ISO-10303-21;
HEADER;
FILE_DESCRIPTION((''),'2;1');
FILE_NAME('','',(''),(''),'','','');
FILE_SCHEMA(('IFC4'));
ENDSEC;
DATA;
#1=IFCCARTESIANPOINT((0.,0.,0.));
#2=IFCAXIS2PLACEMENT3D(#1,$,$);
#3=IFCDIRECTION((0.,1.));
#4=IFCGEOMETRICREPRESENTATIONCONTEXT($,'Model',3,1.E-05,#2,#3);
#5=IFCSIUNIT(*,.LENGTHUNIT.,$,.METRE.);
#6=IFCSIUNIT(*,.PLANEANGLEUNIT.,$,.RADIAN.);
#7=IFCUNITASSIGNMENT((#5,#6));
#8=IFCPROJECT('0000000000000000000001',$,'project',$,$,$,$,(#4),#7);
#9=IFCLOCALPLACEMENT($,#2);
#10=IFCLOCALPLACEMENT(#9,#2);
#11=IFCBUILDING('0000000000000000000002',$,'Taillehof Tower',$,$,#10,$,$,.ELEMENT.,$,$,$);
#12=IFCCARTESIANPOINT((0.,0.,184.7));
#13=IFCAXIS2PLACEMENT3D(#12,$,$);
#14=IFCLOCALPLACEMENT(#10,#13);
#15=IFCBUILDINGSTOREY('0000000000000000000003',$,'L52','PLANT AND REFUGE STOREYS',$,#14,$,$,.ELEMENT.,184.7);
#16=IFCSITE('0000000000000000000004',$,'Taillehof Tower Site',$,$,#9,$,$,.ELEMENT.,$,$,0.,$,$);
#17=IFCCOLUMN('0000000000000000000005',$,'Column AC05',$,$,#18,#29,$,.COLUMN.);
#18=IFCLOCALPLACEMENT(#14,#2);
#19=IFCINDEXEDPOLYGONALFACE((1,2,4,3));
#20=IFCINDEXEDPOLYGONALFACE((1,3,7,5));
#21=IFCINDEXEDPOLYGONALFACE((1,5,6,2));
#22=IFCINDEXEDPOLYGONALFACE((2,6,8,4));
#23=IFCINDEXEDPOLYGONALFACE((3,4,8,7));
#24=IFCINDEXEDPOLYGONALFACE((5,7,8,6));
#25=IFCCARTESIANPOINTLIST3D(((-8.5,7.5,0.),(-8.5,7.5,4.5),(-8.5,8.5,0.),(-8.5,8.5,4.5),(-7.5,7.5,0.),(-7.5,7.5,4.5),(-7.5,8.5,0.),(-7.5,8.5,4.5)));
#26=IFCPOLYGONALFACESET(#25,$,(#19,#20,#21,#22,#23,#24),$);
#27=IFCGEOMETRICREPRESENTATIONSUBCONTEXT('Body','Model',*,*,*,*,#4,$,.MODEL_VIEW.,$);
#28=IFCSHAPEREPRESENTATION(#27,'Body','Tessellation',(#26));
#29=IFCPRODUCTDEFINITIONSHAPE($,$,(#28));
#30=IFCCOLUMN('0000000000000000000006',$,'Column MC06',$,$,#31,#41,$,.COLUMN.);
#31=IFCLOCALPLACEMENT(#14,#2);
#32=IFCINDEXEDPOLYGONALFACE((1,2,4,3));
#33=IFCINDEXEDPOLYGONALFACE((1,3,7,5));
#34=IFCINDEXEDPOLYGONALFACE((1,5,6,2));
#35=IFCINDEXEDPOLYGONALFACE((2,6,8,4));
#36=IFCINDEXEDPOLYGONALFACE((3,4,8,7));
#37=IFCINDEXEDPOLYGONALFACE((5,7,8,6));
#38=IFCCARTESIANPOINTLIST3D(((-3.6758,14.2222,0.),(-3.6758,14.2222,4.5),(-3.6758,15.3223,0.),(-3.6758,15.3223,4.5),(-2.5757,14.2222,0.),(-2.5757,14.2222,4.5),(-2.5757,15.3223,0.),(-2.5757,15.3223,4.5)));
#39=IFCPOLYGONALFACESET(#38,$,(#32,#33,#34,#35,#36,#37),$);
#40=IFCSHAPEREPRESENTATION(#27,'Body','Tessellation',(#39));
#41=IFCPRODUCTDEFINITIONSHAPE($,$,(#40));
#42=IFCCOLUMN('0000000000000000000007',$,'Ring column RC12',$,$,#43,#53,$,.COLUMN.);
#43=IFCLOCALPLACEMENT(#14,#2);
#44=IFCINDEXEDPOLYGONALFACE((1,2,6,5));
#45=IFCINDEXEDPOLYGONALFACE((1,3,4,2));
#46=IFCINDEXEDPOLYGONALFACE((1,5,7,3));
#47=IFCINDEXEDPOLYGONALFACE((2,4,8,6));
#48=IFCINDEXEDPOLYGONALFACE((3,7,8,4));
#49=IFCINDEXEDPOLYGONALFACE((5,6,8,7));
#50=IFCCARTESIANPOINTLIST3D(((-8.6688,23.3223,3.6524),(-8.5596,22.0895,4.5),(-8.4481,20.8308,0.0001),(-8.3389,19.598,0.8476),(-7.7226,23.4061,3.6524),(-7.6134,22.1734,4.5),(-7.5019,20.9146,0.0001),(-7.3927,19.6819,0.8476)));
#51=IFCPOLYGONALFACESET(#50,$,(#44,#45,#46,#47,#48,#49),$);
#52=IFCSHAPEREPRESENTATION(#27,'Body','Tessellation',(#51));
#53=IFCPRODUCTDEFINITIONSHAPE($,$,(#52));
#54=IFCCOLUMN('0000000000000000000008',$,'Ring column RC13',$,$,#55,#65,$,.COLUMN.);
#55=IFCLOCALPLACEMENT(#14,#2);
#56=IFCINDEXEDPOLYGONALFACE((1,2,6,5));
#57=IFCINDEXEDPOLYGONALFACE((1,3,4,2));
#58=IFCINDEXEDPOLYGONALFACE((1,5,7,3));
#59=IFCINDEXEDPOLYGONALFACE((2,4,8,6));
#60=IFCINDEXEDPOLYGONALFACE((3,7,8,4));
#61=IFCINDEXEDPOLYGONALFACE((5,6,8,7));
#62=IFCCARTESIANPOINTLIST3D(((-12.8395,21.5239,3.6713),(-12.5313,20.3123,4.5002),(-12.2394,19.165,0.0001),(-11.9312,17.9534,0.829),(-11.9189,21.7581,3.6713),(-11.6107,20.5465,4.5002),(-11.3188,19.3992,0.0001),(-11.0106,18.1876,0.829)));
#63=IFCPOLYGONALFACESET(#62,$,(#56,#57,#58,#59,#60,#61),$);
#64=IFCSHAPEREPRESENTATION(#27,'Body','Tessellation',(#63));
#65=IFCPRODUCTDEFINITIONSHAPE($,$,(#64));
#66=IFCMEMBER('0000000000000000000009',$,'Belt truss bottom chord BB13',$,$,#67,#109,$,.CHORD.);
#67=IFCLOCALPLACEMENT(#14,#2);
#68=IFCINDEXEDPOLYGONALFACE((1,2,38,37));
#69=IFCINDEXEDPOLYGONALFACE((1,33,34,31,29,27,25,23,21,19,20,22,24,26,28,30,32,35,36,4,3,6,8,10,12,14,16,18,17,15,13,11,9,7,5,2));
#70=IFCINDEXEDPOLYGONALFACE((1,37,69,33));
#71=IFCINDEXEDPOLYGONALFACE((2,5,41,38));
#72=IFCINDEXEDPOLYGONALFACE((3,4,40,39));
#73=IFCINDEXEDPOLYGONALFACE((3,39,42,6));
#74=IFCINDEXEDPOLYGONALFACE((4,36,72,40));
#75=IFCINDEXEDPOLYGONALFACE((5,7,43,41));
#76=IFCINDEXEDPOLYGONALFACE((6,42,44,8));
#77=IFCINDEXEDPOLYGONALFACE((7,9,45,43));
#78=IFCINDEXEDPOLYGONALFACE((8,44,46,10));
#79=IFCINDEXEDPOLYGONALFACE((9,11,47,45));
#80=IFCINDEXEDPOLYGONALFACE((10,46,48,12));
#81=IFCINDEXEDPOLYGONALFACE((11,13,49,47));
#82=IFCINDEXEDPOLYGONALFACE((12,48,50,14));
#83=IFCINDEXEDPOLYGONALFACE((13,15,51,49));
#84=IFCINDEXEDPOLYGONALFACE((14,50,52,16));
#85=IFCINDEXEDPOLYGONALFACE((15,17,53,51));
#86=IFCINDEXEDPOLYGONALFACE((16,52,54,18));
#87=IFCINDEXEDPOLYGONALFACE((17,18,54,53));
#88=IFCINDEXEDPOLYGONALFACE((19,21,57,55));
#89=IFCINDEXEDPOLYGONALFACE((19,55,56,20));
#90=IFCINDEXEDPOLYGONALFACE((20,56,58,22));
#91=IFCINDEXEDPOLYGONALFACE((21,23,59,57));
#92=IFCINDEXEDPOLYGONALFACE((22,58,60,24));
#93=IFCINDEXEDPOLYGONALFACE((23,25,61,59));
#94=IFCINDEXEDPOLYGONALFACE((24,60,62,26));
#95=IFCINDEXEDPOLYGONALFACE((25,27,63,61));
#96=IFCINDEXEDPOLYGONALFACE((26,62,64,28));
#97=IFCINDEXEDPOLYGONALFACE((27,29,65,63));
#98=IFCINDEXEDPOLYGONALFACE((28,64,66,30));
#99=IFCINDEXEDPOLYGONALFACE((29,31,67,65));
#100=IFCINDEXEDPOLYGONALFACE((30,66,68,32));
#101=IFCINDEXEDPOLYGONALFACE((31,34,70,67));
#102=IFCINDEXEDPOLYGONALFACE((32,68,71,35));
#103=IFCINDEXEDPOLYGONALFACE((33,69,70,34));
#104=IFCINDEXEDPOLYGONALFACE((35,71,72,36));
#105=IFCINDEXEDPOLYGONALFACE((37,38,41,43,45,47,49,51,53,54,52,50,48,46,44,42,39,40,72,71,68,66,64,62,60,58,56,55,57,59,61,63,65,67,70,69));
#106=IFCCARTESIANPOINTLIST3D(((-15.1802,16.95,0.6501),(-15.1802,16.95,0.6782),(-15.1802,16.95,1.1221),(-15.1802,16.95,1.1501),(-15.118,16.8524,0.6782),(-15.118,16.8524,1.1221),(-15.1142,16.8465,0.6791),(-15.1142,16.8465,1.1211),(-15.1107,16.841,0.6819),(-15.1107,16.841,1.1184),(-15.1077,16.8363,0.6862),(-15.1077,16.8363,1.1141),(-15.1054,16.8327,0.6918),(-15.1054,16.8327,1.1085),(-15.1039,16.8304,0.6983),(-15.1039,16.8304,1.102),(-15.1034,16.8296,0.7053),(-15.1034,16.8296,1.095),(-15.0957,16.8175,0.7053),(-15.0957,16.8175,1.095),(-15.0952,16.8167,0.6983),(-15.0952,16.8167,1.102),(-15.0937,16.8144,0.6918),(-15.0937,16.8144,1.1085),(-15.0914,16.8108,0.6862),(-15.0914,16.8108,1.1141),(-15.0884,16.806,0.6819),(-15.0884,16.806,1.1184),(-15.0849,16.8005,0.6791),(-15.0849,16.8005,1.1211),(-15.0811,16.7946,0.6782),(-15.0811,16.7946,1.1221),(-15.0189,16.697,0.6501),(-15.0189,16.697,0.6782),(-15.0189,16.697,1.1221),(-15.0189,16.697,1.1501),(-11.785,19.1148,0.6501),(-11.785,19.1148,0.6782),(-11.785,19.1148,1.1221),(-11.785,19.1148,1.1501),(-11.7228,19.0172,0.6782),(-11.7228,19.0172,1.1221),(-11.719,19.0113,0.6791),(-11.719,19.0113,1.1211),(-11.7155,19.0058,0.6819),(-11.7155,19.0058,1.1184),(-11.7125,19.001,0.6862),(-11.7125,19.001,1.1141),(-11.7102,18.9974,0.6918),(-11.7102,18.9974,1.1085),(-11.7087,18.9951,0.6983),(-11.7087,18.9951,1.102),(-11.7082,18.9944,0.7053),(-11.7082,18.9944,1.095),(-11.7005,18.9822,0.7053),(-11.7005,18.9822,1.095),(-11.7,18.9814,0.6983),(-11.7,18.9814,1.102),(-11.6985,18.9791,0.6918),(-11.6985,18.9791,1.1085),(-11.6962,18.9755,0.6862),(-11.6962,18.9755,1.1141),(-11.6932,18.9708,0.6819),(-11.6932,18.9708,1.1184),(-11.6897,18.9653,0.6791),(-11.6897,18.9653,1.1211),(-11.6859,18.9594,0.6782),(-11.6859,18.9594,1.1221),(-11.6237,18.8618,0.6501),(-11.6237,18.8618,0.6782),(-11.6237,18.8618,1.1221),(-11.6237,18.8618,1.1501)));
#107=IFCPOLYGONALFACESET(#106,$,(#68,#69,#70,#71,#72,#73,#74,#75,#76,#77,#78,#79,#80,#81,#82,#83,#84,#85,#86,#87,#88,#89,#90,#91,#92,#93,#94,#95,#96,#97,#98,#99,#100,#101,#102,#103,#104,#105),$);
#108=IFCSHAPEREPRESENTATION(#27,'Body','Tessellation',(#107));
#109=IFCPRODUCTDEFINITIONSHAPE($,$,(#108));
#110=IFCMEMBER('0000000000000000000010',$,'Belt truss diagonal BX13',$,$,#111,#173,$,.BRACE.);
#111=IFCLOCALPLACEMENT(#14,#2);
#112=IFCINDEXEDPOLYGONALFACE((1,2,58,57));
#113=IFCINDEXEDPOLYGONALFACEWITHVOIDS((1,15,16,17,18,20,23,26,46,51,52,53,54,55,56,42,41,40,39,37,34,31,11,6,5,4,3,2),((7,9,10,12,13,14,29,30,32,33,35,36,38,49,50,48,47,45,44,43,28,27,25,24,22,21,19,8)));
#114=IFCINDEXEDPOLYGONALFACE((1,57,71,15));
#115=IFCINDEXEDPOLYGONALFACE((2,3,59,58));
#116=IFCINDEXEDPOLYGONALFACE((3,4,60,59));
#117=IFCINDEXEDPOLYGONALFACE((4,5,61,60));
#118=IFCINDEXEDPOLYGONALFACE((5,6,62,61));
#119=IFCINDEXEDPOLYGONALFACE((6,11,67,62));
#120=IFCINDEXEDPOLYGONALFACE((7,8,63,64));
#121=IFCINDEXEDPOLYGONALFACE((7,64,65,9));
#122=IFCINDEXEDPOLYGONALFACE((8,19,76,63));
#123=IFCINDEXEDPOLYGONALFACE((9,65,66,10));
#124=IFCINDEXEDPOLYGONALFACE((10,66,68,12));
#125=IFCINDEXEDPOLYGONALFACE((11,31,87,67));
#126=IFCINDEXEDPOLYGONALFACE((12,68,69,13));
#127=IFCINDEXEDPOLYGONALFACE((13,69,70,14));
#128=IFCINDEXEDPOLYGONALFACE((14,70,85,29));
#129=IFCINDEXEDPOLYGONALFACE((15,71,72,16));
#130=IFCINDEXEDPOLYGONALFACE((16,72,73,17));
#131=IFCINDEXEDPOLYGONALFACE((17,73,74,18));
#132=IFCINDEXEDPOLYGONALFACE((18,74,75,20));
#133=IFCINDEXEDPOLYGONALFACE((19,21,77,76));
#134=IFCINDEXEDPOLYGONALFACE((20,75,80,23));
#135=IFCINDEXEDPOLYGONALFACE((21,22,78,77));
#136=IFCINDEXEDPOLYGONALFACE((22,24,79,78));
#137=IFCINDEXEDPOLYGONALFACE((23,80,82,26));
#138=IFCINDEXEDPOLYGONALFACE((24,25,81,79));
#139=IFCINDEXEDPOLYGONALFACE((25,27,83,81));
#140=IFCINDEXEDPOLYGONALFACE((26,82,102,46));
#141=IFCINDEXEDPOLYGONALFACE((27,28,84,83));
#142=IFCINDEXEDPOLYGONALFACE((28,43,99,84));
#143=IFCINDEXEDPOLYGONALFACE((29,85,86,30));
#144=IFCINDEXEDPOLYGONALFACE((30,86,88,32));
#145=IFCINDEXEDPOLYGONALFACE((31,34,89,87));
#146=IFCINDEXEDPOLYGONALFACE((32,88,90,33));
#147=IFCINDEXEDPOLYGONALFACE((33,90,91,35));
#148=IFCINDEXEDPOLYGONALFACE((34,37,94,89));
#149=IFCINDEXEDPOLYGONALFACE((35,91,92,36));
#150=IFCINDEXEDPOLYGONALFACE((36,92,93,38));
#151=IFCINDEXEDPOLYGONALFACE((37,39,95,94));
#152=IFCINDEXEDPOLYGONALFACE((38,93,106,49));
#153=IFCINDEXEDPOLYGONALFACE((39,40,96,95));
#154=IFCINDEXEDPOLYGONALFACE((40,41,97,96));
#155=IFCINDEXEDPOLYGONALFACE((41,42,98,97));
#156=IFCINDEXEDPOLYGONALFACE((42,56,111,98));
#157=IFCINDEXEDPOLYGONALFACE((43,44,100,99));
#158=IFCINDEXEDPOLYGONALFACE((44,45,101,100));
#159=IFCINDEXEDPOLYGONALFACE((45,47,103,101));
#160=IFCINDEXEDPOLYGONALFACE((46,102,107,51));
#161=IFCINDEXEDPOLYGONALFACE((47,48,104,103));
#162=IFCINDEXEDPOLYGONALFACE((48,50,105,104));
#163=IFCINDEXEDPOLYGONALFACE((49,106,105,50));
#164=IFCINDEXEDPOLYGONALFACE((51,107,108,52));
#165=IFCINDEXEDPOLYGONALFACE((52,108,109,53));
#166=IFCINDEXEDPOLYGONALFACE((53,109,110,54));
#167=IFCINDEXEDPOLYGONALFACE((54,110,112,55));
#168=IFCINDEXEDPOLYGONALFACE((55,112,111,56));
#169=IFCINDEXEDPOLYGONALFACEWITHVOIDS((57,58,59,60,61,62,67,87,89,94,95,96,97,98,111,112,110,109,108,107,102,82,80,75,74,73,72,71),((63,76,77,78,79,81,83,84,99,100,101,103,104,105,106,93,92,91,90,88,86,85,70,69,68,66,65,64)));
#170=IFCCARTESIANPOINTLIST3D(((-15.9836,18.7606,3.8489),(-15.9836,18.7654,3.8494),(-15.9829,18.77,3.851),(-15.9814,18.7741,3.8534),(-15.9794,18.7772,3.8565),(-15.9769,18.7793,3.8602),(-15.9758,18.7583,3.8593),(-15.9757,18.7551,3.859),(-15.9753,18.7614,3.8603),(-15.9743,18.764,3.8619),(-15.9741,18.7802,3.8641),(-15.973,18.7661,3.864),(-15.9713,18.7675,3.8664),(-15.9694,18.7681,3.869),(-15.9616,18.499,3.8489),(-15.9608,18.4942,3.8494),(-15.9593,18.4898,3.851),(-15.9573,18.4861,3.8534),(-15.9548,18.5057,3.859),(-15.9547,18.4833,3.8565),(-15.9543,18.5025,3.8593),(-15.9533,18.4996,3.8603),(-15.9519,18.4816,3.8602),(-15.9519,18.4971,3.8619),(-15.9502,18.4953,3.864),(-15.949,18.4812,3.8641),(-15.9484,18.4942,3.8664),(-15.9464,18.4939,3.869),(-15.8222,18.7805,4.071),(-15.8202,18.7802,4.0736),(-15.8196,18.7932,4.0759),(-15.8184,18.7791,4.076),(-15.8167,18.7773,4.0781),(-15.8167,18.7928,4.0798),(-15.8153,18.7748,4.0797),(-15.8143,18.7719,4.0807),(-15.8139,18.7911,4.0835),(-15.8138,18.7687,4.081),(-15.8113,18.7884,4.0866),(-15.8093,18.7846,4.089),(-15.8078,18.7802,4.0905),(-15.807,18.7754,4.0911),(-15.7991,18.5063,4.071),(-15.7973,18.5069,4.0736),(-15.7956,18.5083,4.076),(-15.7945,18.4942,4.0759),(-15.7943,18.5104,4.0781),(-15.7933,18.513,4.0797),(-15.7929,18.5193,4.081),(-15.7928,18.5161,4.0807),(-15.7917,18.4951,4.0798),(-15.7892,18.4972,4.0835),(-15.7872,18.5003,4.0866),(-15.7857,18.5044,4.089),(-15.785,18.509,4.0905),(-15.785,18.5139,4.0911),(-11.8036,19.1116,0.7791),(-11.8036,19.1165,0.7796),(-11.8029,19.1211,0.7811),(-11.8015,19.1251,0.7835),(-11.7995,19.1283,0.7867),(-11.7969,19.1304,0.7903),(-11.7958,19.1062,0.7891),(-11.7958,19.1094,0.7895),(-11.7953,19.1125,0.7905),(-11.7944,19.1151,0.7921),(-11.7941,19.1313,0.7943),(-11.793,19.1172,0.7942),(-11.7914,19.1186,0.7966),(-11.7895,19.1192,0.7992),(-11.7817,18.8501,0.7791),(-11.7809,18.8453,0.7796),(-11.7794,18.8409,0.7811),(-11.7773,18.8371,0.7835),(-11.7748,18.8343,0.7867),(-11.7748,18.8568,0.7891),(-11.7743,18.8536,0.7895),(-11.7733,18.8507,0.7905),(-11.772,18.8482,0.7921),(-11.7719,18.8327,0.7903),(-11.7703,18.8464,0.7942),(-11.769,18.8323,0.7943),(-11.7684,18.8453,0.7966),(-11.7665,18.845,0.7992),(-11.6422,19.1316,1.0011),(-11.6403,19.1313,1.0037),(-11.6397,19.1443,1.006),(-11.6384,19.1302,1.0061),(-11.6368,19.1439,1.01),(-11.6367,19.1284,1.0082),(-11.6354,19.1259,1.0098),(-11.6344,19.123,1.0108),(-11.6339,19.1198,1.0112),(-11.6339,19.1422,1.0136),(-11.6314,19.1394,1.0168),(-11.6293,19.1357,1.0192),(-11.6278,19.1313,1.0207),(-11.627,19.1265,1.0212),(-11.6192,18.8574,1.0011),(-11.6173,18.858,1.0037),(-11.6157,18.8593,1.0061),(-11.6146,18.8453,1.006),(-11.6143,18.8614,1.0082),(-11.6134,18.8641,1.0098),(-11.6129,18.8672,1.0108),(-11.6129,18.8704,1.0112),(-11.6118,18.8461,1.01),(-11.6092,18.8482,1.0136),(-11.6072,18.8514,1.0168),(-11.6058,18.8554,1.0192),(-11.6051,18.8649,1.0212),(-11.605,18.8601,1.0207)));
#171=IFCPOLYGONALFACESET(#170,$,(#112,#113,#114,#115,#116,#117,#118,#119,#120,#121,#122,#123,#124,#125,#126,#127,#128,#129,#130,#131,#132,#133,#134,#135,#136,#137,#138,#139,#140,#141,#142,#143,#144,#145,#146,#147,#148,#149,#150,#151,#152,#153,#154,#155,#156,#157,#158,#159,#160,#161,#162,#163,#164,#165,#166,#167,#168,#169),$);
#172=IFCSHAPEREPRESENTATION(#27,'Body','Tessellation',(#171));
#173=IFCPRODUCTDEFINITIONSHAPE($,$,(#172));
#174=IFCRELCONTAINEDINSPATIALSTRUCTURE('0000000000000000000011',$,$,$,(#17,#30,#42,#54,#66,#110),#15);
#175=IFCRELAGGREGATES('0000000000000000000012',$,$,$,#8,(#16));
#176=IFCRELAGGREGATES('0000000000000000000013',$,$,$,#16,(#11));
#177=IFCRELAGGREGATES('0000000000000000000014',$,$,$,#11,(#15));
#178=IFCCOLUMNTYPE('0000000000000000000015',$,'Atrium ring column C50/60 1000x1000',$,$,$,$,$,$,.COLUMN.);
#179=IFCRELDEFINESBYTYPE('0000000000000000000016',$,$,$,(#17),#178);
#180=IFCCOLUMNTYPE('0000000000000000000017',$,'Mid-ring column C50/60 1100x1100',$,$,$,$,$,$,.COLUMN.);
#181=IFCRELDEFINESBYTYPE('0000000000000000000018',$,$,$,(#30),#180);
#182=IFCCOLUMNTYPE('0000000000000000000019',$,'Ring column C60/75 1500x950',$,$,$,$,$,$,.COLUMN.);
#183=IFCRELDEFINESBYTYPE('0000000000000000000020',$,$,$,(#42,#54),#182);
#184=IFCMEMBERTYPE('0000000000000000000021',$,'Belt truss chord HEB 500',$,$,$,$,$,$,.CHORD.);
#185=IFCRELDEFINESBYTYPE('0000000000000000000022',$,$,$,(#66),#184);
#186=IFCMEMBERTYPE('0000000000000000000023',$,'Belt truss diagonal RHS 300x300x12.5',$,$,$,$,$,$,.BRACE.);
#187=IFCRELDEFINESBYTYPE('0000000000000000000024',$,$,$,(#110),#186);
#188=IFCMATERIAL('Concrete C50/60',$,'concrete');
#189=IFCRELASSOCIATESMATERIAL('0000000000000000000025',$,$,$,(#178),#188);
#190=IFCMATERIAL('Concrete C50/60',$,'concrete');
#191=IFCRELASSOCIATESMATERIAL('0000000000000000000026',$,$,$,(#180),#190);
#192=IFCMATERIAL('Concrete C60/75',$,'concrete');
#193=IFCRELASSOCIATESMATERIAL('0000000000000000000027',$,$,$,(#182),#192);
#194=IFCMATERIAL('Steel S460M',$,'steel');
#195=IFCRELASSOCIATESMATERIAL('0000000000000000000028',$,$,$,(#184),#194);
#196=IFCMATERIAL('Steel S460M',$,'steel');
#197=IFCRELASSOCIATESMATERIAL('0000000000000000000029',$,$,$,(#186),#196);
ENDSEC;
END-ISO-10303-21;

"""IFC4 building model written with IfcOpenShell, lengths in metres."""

from ifc_helpers import new_model, si_unit, direction, frame, origin, origin_2d, place, context, subcontext, project, spatial, rectangle, hollow_rectangle, i_section, extrude, material, material_profile, profile_set, type_object, element, save


model = new_model("IFC4")

# Units and contexts
model_context = context("Model", 3, precision=1e-05, world=origin(), true_north=direction((0.0, 1.0)))
body_context = subcontext(model_context, "Body", "Model", "MODEL_VIEW")
ifc_project = project(units=[si_unit("LENGTHUNIT", "METRE"), si_unit("PLANEANGLEUNIT", "RADIAN")], contexts=[model_context])

# Site, building, storey
site_placement = place(None, origin())
site = spatial("IfcSite", under=ifc_project, at=site_placement, Name="Taillehof Tower Site", CompositionType="ELEMENT", RefElevation=0.0)
building_placement = place(site_placement, origin())
building = spatial("IfcBuilding", under=site, at=building_placement, Name="Taillehof Tower", CompositionType="ELEMENT")
storey_placement = place(building_placement, frame((0.0, 0.0, 184.7)))
storey = spatial("IfcBuildingStorey", under=building, at=storey_placement, Name="L52", Description="PLANT AND REFUGE STOREYS", CompositionType="ELEMENT", Elevation=184.7)

# Columns
ifc_material_1 = material(Name="Concrete C50/60", Category="concrete")
ifc_material_profile_1 = material_profile(ifc_material_1, rectangle(XDim=1.0, YDim=1.0, at=origin_2d()), Name="RC 1000x1000")
ifc_profile_set_1 = profile_set([ifc_material_profile_1], Name="Concrete C50/60")
column_type_1 = type_object("IfcColumnType", Name="Atrium ring column C50/60 1000x1000", PredefinedType="COLUMN", material=ifc_profile_set_1)
column_1_placement = place(storey_placement, frame((-8.0, 8.0, 0.0), z_axis=(0.0, 0.0, 1.0), x_axis=(1.0, 0.0, 0.0)))
element("IfcColumn", 1, at=column_1_placement, inside=storey, type_object=column_type_1, Name="Column AC05", PredefinedType="COLUMN", context=body_context, shape_type="SweptSolid", body=[
    extrude(rectangle(XDim=1.0, YDim=1.0, at=origin_2d()), origin(), (0.0, 0.0, 1.0), 4.5),
])
ifc_material_2 = material(Name="Concrete C50/60", Category="concrete")
ifc_material_profile_2 = material_profile(ifc_material_2, rectangle(XDim=1.1001, YDim=1.1001, at=origin_2d()), Name="RC 1100x1100")
ifc_profile_set_2 = profile_set([ifc_material_profile_2], Name="Concrete C50/60")
column_type_2 = type_object("IfcColumnType", Name="Mid-ring column C50/60 1100x1100", PredefinedType="COLUMN", material=ifc_profile_set_2)
column_2_placement = place(storey_placement, frame((-3.1257, 14.7722, 0.0), z_axis=(0.0, 0.0, 1.0), x_axis=(1.0, 0.0, 0.0)))
element("IfcColumn", 2, at=column_2_placement, inside=storey, type_object=column_type_2, Name="Column MC06", PredefinedType="COLUMN", context=body_context, shape_type="SweptSolid", body=[
    extrude(rectangle(XDim=1.1001, YDim=1.1001, at=origin_2d()), origin(), (0.0, 0.0, 1.0), 4.5),
])
ifc_material_3 = material(Name="Concrete C60/75", Category="concrete")
ifc_material_profile_3 = material_profile(ifc_material_3, rectangle(XDim=1.5, YDim=0.95, at=origin_2d()), Name="RC 1500x950")
ifc_profile_set_3 = profile_set([ifc_material_profile_3], Name="Concrete C60/75")
column_type_3 = type_object("IfcColumnType", Name="Ring column C60/75 1500x950", PredefinedType="COLUMN", material=ifc_profile_set_3)
column_3_placement = place(storey_placement, frame((-7.9204, 20.2563, 0.4238), z_axis=(-0.049857, 0.562824, 0.825071), x_axis=(0.072803, -0.821853, 0.565028)))
element("IfcColumn", 3, at=column_3_placement, inside=storey, type_object=column_type_3, Name="Ring column RC12", PredefinedType="COLUMN", context=body_context, shape_type="SweptSolid", body=[
    extrude(rectangle(XDim=1.5, YDim=0.95, at=origin_2d()), origin(), (0.0, 0.0, 1.0), 4.4268),
])
column_4_placement = place(storey_placement, frame((-11.625, 18.6763, 0.4146), z_axis=(-0.136239, 0.535533, 0.833452), x_axis=(0.205484, -0.807725, 0.552591)))
element("IfcColumn", 4, at=column_4_placement, inside=storey, type_object=column_type_3, Name="Ring column RC13", PredefinedType="COLUMN", context=body_context, shape_type="SweptSolid", body=[
    extrude(rectangle(XDim=1.5, YDim=0.95, at=origin_2d()), origin(), (0.0, 0.0, 1.0), 4.4048),
])

# Members
ifc_material_4 = material(Name="Steel S460M", Category="steel")
ifc_material_profile_4 = material_profile(ifc_material_4, i_section(OverallWidth=0.3, OverallDepth=0.5, WebThickness=0.0144, FlangeThickness=0.0281, FilletRadius=0.0271, at=origin_2d()), Name="HEB 500")
ifc_profile_set_4 = profile_set([ifc_material_profile_4], Name="Steel S460M")
member_type_1 = type_object("IfcMemberType", Name="Belt truss chord HEB 500", PredefinedType="CHORD", material=ifc_profile_set_4)
member_1_placement = place(storey_placement, frame((-11.7043, 18.9883, 0.9001), z_axis=(-0.843192, -0.537613, 0.0), x_axis=(0.537613, -0.843192, 0.0)))
element("IfcMember", 5, at=member_1_placement, inside=storey, type_object=member_type_1, Name="Belt truss bottom chord BB13", PredefinedType="CHORD", context=body_context, shape_type="SweptSolid", body=[
    extrude(i_section(OverallWidth=0.3, OverallDepth=0.5, WebThickness=0.0144, FlangeThickness=0.0281, FilletRadius=0.0271, at=origin_2d()), origin(), (0.0, 0.0, 1.0), 4.0266),
])
ifc_material_5 = material(Name="Steel S460M", Category="steel")
ifc_material_profile_5 = material_profile(ifc_material_5, hollow_rectangle(XDim=0.3, YDim=0.3, WallThickness=0.0125, InnerFilletRadius=0.0125, OuterFilletRadius=0.0188, at=origin_2d()), Name="RHS 300x300x12.5")
ifc_profile_set_5 = profile_set([ifc_material_profile_5], Name="Steel S460M")
member_type_2 = type_object("IfcMemberType", Name="Belt truss diagonal RHS 300x300x12.5", PredefinedType="BRACE", material=ifc_profile_set_5)
member_2_placement = place(storey_placement, frame((-11.7043, 18.9883, 0.9001), z_axis=(-0.804147, -0.067541, 0.590581), x_axis=(0.083696, -0.996491, 0.0)))
element("IfcMember", 6, at=member_2_placement, inside=storey, type_object=member_type_2, Name="Belt truss diagonal BX13", PredefinedType="BRACE", context=body_context, shape_type="SweptSolid", body=[
    extrude(hollow_rectangle(XDim=0.3, YDim=0.3, WallThickness=0.0125, InnerFilletRadius=0.0125, OuterFilletRadius=0.0188, at=origin_2d()), origin(), (0.0, 0.0, 1.0), 5.198),
])

save(model, "model.ifc")
